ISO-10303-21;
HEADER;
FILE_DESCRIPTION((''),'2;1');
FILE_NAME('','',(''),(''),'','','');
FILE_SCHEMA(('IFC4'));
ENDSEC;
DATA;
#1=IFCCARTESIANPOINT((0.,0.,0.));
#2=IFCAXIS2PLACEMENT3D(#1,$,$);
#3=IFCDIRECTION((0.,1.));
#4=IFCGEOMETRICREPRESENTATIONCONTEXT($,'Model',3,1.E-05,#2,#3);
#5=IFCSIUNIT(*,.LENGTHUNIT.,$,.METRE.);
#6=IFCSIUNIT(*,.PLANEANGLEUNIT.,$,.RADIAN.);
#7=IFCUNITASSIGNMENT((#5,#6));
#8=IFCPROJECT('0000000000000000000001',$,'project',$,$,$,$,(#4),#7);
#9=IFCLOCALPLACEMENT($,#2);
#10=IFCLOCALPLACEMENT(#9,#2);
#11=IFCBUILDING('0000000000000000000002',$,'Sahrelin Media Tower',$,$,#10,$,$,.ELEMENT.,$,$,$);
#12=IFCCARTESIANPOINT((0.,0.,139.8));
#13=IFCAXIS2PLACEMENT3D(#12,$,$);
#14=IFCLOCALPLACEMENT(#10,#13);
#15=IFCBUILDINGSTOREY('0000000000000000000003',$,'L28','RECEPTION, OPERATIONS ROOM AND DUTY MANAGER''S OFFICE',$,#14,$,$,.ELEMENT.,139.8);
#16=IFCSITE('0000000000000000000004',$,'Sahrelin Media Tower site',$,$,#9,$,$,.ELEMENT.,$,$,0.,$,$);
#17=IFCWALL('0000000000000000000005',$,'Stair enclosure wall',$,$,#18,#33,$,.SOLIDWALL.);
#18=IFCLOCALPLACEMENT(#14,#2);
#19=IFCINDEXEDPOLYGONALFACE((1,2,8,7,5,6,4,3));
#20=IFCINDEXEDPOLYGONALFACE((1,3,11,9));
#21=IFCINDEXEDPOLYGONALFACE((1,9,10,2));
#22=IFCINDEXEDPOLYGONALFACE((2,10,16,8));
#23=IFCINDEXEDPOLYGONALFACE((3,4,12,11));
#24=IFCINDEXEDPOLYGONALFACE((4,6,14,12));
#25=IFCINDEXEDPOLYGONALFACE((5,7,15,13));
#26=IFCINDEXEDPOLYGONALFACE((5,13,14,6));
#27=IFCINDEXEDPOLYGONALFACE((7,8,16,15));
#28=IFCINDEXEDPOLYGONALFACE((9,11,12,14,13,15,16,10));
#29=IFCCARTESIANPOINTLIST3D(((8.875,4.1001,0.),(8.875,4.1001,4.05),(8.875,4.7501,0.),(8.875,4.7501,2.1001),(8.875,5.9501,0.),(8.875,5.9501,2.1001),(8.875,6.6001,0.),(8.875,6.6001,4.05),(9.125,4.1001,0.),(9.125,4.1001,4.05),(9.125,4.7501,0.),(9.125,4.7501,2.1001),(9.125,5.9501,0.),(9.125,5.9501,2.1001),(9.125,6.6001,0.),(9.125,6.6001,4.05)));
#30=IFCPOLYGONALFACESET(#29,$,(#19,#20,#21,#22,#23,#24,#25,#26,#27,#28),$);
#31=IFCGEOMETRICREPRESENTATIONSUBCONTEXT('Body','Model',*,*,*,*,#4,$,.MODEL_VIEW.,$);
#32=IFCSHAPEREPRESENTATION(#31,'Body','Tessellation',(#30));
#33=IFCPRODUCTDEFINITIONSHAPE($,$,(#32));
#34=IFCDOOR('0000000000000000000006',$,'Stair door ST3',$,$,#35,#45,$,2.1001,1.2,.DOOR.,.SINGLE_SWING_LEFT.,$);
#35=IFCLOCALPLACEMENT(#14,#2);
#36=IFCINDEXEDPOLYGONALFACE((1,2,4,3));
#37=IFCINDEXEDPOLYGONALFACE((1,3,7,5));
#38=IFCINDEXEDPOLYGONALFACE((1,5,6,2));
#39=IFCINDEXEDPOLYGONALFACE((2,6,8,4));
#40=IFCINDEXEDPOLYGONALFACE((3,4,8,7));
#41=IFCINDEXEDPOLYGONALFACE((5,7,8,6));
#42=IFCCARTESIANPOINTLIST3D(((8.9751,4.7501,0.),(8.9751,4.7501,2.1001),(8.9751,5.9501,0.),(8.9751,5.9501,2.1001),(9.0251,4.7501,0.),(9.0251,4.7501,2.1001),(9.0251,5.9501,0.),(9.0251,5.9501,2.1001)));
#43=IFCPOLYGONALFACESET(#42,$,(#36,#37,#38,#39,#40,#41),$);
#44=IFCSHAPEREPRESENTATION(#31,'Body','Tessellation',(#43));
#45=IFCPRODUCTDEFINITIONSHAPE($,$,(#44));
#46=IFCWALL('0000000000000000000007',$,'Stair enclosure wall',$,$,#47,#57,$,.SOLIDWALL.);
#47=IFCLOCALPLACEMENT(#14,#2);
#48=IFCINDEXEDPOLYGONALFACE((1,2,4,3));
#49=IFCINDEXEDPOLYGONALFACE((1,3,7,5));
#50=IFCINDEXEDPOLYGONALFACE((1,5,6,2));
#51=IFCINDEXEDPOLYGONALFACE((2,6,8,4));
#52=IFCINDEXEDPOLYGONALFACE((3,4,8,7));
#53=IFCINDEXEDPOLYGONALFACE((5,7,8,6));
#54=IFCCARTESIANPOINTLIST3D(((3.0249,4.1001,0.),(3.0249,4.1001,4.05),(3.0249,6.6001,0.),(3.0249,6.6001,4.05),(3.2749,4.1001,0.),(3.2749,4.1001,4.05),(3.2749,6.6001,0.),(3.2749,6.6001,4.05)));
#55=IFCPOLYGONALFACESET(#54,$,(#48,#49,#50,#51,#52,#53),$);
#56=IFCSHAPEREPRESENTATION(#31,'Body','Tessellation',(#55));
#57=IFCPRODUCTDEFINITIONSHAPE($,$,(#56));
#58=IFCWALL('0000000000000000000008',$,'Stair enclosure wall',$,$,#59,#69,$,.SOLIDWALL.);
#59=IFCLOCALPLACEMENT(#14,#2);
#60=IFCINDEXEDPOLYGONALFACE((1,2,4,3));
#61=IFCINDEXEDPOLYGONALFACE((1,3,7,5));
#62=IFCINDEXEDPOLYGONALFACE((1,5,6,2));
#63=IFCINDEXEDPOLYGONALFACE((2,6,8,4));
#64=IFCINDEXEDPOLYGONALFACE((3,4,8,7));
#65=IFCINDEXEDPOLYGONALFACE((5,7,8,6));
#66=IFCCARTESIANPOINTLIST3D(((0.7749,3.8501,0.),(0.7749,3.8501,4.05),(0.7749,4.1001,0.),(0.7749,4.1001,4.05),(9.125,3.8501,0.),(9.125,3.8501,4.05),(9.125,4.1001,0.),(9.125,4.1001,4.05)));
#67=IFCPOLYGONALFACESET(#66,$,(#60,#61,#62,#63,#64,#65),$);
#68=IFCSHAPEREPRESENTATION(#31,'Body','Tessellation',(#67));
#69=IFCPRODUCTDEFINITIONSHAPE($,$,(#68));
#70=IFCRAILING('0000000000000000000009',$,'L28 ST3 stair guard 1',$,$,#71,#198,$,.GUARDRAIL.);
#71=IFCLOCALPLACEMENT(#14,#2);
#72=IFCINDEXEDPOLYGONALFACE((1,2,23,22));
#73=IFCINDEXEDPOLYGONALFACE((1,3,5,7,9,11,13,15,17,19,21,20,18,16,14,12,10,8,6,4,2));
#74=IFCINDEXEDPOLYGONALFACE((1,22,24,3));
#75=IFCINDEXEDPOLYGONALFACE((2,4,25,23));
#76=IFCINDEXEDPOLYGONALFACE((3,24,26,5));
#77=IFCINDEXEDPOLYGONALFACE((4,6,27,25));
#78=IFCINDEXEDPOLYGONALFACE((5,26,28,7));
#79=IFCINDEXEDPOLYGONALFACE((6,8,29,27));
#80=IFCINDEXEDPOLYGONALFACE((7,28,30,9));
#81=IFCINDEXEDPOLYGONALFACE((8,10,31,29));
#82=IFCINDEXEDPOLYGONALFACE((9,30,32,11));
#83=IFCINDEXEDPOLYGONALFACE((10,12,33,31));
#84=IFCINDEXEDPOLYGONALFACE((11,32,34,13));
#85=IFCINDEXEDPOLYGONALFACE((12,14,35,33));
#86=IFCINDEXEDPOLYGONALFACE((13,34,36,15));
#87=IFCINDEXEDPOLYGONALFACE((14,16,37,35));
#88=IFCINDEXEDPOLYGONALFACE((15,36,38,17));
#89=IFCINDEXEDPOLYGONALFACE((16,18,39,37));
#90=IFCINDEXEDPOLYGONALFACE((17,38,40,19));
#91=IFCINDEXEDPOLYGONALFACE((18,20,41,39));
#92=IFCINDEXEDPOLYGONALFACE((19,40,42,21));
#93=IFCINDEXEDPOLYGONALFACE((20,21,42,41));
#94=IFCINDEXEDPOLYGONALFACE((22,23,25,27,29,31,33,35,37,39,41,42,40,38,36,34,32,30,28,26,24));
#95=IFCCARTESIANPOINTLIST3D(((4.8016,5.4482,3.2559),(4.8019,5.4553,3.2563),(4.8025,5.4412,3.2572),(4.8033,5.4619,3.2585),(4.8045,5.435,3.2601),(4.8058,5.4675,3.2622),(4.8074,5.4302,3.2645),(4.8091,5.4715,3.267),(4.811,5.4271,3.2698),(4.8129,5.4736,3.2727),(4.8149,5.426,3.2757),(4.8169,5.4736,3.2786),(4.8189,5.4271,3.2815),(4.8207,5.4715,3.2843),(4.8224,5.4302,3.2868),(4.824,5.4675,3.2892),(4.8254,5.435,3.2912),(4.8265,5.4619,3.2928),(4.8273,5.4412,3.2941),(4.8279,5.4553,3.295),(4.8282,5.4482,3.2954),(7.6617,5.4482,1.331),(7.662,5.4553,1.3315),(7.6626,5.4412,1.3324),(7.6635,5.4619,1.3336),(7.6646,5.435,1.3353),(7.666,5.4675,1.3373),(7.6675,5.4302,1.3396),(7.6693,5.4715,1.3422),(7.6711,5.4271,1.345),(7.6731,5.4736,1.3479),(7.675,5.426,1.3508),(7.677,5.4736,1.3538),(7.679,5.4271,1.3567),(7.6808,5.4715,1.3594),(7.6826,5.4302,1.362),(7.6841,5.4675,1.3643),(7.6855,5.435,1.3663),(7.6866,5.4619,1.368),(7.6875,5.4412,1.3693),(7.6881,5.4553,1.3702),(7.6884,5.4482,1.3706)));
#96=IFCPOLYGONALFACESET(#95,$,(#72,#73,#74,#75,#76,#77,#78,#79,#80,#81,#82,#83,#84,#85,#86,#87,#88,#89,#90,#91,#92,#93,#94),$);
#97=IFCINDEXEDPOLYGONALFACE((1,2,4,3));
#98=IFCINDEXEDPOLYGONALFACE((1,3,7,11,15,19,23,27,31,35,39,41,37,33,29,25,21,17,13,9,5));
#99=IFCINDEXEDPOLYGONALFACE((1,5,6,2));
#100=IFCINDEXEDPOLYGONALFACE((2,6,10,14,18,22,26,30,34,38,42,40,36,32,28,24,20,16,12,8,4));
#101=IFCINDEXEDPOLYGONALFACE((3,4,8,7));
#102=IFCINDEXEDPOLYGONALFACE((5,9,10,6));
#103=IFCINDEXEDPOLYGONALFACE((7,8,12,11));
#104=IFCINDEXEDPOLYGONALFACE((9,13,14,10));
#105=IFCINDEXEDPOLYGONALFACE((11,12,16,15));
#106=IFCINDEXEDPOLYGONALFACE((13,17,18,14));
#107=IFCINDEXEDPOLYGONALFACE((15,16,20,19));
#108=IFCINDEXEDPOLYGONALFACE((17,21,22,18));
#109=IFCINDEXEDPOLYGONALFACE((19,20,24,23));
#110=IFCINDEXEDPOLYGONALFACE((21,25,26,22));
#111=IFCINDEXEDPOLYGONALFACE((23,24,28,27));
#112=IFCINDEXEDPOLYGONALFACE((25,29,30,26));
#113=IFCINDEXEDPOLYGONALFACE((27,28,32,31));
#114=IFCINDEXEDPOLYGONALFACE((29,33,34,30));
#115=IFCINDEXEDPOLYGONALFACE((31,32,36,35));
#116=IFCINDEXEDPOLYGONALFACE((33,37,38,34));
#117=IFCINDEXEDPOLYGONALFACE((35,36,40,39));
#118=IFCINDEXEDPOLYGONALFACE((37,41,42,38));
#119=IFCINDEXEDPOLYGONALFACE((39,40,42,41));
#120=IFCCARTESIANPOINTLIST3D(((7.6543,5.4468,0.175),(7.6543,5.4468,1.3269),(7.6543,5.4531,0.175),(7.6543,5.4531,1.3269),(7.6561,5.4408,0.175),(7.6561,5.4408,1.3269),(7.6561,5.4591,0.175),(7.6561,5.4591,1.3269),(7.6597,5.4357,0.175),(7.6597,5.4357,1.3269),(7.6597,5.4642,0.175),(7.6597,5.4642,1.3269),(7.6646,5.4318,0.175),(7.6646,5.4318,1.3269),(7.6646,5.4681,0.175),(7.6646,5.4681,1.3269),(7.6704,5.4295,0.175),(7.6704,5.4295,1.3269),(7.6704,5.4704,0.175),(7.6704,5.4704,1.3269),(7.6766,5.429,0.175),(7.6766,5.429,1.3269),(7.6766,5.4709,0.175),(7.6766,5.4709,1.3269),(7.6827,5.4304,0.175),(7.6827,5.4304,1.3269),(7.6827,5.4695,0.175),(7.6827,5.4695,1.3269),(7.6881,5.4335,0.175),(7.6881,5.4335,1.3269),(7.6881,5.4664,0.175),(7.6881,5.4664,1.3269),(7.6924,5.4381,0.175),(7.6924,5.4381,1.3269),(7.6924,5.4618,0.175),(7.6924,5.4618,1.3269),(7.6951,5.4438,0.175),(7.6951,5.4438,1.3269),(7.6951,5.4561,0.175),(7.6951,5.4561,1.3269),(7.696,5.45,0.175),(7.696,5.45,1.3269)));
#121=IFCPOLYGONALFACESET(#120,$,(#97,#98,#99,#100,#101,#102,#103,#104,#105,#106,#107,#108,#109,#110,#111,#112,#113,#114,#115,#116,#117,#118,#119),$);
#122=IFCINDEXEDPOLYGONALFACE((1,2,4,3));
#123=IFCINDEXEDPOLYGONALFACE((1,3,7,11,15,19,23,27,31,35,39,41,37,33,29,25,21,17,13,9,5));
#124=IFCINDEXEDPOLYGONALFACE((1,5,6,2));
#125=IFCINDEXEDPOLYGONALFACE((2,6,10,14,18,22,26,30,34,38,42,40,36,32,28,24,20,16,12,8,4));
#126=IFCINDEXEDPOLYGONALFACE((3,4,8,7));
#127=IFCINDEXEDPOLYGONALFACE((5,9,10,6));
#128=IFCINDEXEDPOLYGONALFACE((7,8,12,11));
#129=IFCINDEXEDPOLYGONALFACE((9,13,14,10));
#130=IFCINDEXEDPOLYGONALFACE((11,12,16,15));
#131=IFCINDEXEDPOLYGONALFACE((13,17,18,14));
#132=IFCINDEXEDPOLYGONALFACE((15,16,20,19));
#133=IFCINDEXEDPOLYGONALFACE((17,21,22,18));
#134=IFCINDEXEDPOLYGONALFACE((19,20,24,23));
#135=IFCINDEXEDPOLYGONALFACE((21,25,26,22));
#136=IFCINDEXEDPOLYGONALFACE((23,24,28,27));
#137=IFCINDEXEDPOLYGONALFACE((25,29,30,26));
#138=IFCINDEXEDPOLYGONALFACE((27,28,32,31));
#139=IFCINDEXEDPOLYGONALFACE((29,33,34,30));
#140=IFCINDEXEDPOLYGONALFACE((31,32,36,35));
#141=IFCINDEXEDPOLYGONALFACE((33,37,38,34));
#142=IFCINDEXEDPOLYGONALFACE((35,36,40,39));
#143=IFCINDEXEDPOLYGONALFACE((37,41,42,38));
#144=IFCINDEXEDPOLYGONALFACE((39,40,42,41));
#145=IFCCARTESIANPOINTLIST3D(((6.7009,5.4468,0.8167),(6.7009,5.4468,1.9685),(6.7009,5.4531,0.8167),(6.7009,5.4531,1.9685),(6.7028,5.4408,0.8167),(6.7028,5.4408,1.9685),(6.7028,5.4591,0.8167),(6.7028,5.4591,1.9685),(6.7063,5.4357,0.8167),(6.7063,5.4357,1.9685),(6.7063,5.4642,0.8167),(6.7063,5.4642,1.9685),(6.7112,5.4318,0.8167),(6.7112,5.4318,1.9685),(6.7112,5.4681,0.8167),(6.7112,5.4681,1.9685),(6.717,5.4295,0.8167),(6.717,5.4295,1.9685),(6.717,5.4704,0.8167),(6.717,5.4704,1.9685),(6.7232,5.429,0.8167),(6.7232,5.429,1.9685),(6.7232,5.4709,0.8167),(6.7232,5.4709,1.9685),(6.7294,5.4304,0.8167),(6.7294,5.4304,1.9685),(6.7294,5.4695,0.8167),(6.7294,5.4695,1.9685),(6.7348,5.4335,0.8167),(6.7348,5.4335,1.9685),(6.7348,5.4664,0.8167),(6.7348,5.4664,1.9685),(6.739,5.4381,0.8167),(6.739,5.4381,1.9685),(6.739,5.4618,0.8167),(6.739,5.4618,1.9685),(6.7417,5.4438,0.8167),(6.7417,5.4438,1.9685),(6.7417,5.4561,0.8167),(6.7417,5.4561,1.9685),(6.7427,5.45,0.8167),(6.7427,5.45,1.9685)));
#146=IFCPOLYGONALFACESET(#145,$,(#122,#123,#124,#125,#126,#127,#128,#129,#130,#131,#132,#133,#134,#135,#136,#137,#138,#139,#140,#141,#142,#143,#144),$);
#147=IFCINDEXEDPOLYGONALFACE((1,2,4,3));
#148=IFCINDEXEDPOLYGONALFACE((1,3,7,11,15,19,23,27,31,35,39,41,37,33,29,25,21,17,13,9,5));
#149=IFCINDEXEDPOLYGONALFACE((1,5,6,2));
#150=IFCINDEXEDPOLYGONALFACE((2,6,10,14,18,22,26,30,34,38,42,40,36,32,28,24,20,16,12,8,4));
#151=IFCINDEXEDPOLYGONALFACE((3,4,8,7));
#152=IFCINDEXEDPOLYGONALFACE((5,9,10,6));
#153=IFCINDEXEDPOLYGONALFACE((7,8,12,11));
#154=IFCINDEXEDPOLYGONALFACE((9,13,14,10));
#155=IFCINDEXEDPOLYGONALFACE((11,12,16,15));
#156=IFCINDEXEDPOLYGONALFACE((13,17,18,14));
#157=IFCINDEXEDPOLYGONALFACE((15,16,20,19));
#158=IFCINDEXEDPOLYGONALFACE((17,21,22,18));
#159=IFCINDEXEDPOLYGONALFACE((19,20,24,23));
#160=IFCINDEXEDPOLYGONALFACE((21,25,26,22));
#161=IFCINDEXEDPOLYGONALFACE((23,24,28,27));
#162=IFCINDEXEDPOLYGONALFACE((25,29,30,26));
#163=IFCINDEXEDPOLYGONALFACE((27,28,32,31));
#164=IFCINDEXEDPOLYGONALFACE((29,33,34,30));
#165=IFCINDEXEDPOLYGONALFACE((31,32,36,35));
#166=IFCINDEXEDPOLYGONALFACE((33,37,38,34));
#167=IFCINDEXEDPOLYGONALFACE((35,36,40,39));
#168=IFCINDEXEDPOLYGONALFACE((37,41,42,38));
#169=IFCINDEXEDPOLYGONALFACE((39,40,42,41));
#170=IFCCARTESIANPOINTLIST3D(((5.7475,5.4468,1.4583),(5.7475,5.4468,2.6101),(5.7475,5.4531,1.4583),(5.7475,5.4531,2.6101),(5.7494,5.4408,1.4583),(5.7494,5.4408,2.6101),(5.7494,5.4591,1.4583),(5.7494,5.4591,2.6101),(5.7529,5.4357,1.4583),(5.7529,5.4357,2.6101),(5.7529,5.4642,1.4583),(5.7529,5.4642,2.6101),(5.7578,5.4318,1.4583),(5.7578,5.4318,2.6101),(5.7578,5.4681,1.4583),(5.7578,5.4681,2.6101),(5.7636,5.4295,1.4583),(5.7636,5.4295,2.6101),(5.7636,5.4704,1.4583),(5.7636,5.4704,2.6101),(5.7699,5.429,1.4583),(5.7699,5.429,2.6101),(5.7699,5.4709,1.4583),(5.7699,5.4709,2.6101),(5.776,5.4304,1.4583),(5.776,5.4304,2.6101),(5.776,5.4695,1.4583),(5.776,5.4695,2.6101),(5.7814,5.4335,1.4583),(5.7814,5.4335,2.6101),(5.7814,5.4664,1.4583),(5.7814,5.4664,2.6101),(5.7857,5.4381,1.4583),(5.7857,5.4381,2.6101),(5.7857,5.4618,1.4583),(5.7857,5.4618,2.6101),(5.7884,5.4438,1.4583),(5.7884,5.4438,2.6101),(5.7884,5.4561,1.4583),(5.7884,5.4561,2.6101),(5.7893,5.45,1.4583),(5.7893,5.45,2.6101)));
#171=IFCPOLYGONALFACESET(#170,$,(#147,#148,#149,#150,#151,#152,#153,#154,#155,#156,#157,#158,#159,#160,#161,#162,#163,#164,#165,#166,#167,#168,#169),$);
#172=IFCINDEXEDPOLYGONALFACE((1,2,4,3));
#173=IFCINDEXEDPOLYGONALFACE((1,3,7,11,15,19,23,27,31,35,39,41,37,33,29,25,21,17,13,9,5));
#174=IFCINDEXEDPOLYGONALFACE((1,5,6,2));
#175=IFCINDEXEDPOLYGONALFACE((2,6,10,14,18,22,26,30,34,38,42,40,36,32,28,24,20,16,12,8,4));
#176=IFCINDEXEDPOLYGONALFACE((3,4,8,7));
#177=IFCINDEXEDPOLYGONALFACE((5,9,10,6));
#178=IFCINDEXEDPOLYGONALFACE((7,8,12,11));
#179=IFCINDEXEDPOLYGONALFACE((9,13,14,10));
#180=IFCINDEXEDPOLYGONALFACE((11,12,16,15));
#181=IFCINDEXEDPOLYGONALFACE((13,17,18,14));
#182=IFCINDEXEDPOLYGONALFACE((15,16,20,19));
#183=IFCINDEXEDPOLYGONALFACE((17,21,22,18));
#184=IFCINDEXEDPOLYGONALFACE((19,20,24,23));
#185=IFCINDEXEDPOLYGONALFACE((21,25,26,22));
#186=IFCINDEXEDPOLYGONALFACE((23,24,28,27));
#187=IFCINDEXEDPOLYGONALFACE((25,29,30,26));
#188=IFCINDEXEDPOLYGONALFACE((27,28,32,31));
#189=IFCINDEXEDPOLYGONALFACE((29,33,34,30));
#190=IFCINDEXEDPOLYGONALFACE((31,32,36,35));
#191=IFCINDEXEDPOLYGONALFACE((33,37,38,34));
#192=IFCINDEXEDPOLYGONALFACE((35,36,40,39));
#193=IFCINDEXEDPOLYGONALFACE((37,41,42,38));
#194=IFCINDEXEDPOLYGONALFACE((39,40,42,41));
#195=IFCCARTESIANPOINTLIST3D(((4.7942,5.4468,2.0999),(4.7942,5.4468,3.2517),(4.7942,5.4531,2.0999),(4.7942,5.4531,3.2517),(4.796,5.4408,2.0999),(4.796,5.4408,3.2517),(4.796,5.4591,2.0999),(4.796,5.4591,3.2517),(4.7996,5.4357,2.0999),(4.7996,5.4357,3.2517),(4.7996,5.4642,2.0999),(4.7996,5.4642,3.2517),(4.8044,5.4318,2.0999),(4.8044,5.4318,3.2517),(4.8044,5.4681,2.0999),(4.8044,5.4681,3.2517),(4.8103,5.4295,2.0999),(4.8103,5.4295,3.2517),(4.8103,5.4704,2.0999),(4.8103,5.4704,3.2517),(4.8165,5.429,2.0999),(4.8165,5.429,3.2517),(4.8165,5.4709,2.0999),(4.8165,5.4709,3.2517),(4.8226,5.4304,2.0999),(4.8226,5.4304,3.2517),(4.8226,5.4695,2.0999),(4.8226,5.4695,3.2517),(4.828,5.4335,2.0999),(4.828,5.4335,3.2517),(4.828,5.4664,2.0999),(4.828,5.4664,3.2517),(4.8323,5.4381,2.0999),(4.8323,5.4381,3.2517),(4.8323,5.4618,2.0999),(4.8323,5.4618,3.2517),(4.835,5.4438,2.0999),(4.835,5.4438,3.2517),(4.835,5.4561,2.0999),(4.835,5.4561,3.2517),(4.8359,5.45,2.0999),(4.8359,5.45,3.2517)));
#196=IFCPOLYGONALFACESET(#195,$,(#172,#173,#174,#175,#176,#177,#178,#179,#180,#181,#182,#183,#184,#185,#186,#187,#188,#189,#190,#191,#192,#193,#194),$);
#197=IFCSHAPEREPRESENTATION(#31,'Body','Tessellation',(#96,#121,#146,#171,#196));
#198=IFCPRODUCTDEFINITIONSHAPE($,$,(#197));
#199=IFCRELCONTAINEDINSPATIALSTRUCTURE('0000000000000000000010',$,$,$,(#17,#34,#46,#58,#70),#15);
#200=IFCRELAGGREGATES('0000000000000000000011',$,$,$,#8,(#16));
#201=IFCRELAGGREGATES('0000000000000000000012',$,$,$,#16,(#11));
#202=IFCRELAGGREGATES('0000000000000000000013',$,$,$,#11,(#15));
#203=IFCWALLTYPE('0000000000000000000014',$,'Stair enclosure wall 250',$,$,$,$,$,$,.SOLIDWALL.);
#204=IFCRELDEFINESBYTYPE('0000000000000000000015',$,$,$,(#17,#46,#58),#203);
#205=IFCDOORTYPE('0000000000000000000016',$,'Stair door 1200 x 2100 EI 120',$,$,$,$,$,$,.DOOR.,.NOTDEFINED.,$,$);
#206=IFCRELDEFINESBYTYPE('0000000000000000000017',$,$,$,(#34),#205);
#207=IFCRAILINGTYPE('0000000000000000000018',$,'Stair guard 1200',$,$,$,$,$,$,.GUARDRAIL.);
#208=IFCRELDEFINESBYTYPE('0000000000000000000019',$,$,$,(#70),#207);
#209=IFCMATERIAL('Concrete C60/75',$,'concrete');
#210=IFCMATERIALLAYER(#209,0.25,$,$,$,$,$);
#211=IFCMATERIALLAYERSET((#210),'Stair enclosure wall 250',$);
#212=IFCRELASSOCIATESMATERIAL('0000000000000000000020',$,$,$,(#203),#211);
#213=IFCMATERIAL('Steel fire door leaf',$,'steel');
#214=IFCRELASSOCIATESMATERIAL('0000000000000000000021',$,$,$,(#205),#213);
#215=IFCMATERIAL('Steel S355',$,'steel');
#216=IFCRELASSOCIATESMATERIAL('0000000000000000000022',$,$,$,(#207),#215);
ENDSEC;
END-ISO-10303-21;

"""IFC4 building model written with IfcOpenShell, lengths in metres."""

from ifc_helpers import new_model, si_unit, direction, frame, frame_2d, origin, origin_2d, place, context, subcontext, project, spatial, rectangle, circle, extrude, material, layer, layer_set, type_object, element, fill, save


model = new_model("IFC4")

# Units and contexts
model_context = context("Model", 3, precision=1e-05, world=origin(), true_north=direction((0.0, 1.0)))
body_context = subcontext(model_context, "Body", "Model", "MODEL_VIEW")
ifc_project = project(units=[si_unit("LENGTHUNIT", "METRE"), si_unit("PLANEANGLEUNIT", "RADIAN")], contexts=[model_context])

# Site, building, storey
site_placement = place(None, origin())
site = spatial("IfcSite", under=ifc_project, at=site_placement, Name="Sahrelin Media Tower site", CompositionType="ELEMENT", RefElevation=0.0)
building_placement = place(site_placement, origin())
building = spatial("IfcBuilding", under=site, at=building_placement, Name="Sahrelin Media Tower", CompositionType="ELEMENT")
storey_placement = place(building_placement, frame((0.0, 0.0, 139.8)))
storey = spatial("IfcBuildingStorey", under=building, at=storey_placement, Name="L28", Description="RECEPTION, OPERATIONS ROOM AND DUTY MANAGER'S OFFICE", CompositionType="ELEMENT", Elevation=139.8)

# Shared definitions
ifc_material_1 = material(Name="Steel S355", Category="steel")

# Shared definitions
ifc_material_2 = material(Name="Steel fire door leaf", Category="steel")

# Shared definitions
ifc_material_3 = material(Name="Concrete C60/75", Category="concrete")

# Wall, opening, door
ifc_layer_1 = layer(ifc_material_3, 0.25)
ifc_layer_set_1 = layer_set([ifc_layer_1], Name="Stair enclosure wall 250")
wall_type_1 = type_object("IfcWallType", Name="Stair enclosure wall 250", PredefinedType="SOLIDWALL", material=ifc_layer_set_1)
wall_1_placement = place(storey_placement, frame((9.0, 4.1001, 0.0), z_axis=(0.0, 0.0, 1.0), x_axis=(0.0, 1.0, 0.0)))
wall_1 = element("IfcWall", 1, at=wall_1_placement, inside=storey, type_object=wall_type_1, Name="Stair enclosure wall", PredefinedType="SOLIDWALL", context=body_context, shape_type="SweptSolid", body=[
    extrude(rectangle(XDim=2.5, YDim=0.25, at=frame_2d((1.25, 0.0))), origin(), (0.0, 0.0, 1.0), 4.05),
])
opening_1_placement = place(wall_1_placement, frame((0.6499, 0.0, 0.0)))
opening_1 = element("IfcOpeningElement", 2, at=opening_1_placement, cuts=wall_1, PredefinedType="OPENING", context=body_context, shape_type="SweptSolid", body=[
    extrude(rectangle(XDim=1.2, YDim=2.1001, at=frame_2d((0.6001, 1.05))), frame((0.0, 0.125, 0.0), z_axis=(0.0, -1.0, 0.0), x_axis=(1.0, 0.0, 0.0)), (0.0, 0.0, 1.0), 0.25),
])
door_type_1 = type_object("IfcDoorType", Name="Stair door 1200 x 2100 EI 120", OperationType="NOTDEFINED", PredefinedType="DOOR", material=ifc_material_2)
door_1_placement = place(opening_1_placement, origin())
door_1 = element("IfcDoor", 3, at=door_1_placement, inside=storey, type_object=door_type_1, Name="Stair door ST3", OperationType="SINGLE_SWING_LEFT", OverallHeight=2.1001, OverallWidth=1.2, PredefinedType="DOOR", context=body_context, shape_type="SweptSolid", body=[
    extrude(rectangle(XDim=1.2, YDim=2.1001, at=frame_2d((0.6001, 1.05))), frame((0.0, 0.0249, 0.0), z_axis=(0.0, -1.0, 0.0), x_axis=(1.0, 0.0, 0.0)), (0.0, 0.0, 1.0), 0.05),
])
fill(opening_1, door_1)

# Walls
wall_2_placement = place(storey_placement, frame((3.1499, 4.1001, 0.0), z_axis=(0.0, 0.0, 1.0), x_axis=(0.0, 1.0, 0.0)))
element("IfcWall", 4, at=wall_2_placement, inside=storey, type_object=wall_type_1, Name="Stair enclosure wall", PredefinedType="SOLIDWALL", context=body_context, shape_type="SweptSolid", body=[
    extrude(rectangle(XDim=2.5, YDim=0.25, at=frame_2d((1.25, 0.0))), origin(), (0.0, 0.0, 1.0), 4.05),
])
wall_3_placement = place(storey_placement, frame((0.7749, 3.9751, 0.0), z_axis=(0.0, 0.0, 1.0), x_axis=(1.0, 0.0, 0.0)))
element("IfcWall", 5, at=wall_3_placement, inside=storey, type_object=wall_type_1, Name="Stair enclosure wall", PredefinedType="SOLIDWALL", context=body_context, shape_type="SweptSolid", body=[
    extrude(rectangle(XDim=8.3501, YDim=0.25, at=frame_2d((4.175, 0.0))), origin(), (0.0, 0.0, 1.0), 4.05),
])

# Railing
railing_type_1 = type_object("IfcRailingType", Name="Stair guard 1200", PredefinedType="GUARDRAIL", material=ifc_material_1)
railing_1_placement = place(storey_placement, frame((7.675, 5.45, 0.175)))
element("IfcRailing", 6, at=railing_1_placement, inside=storey, type_object=railing_type_1, Name="L28 ST3 stair guard 1", PredefinedType="GUARDRAIL", context=body_context, shape_type="SweptSolid", body=[
    extrude(circle(Radius=0.0239, at=origin_2d()), frame((0.0, 0.0, 1.1758), z_axis=(-0.829624, 0.0, 0.558323), x_axis=(0.0, -1.0, 0.0)), (0.0, 0.0, 1.0), 3.4475),
    extrude(circle(Radius=0.021, at=origin_2d()), origin(), (0.0, 0.0, 1.0), 1.1519),
    extrude(circle(Radius=0.021, at=origin_2d()), frame((-0.9534, 0.0, 0.6416)), (0.0, 0.0, 1.0), 1.1519),
    extrude(circle(Radius=0.021, at=origin_2d()), frame((-1.9067, 0.0, 1.2832)), (0.0, 0.0, 1.0), 1.1519),
    extrude(circle(Radius=0.021, at=origin_2d()), frame((-2.8601, 0.0, 1.9248)), (0.0, 0.0, 1.0), 1.1519),
])

save(model, "model.ifc")
